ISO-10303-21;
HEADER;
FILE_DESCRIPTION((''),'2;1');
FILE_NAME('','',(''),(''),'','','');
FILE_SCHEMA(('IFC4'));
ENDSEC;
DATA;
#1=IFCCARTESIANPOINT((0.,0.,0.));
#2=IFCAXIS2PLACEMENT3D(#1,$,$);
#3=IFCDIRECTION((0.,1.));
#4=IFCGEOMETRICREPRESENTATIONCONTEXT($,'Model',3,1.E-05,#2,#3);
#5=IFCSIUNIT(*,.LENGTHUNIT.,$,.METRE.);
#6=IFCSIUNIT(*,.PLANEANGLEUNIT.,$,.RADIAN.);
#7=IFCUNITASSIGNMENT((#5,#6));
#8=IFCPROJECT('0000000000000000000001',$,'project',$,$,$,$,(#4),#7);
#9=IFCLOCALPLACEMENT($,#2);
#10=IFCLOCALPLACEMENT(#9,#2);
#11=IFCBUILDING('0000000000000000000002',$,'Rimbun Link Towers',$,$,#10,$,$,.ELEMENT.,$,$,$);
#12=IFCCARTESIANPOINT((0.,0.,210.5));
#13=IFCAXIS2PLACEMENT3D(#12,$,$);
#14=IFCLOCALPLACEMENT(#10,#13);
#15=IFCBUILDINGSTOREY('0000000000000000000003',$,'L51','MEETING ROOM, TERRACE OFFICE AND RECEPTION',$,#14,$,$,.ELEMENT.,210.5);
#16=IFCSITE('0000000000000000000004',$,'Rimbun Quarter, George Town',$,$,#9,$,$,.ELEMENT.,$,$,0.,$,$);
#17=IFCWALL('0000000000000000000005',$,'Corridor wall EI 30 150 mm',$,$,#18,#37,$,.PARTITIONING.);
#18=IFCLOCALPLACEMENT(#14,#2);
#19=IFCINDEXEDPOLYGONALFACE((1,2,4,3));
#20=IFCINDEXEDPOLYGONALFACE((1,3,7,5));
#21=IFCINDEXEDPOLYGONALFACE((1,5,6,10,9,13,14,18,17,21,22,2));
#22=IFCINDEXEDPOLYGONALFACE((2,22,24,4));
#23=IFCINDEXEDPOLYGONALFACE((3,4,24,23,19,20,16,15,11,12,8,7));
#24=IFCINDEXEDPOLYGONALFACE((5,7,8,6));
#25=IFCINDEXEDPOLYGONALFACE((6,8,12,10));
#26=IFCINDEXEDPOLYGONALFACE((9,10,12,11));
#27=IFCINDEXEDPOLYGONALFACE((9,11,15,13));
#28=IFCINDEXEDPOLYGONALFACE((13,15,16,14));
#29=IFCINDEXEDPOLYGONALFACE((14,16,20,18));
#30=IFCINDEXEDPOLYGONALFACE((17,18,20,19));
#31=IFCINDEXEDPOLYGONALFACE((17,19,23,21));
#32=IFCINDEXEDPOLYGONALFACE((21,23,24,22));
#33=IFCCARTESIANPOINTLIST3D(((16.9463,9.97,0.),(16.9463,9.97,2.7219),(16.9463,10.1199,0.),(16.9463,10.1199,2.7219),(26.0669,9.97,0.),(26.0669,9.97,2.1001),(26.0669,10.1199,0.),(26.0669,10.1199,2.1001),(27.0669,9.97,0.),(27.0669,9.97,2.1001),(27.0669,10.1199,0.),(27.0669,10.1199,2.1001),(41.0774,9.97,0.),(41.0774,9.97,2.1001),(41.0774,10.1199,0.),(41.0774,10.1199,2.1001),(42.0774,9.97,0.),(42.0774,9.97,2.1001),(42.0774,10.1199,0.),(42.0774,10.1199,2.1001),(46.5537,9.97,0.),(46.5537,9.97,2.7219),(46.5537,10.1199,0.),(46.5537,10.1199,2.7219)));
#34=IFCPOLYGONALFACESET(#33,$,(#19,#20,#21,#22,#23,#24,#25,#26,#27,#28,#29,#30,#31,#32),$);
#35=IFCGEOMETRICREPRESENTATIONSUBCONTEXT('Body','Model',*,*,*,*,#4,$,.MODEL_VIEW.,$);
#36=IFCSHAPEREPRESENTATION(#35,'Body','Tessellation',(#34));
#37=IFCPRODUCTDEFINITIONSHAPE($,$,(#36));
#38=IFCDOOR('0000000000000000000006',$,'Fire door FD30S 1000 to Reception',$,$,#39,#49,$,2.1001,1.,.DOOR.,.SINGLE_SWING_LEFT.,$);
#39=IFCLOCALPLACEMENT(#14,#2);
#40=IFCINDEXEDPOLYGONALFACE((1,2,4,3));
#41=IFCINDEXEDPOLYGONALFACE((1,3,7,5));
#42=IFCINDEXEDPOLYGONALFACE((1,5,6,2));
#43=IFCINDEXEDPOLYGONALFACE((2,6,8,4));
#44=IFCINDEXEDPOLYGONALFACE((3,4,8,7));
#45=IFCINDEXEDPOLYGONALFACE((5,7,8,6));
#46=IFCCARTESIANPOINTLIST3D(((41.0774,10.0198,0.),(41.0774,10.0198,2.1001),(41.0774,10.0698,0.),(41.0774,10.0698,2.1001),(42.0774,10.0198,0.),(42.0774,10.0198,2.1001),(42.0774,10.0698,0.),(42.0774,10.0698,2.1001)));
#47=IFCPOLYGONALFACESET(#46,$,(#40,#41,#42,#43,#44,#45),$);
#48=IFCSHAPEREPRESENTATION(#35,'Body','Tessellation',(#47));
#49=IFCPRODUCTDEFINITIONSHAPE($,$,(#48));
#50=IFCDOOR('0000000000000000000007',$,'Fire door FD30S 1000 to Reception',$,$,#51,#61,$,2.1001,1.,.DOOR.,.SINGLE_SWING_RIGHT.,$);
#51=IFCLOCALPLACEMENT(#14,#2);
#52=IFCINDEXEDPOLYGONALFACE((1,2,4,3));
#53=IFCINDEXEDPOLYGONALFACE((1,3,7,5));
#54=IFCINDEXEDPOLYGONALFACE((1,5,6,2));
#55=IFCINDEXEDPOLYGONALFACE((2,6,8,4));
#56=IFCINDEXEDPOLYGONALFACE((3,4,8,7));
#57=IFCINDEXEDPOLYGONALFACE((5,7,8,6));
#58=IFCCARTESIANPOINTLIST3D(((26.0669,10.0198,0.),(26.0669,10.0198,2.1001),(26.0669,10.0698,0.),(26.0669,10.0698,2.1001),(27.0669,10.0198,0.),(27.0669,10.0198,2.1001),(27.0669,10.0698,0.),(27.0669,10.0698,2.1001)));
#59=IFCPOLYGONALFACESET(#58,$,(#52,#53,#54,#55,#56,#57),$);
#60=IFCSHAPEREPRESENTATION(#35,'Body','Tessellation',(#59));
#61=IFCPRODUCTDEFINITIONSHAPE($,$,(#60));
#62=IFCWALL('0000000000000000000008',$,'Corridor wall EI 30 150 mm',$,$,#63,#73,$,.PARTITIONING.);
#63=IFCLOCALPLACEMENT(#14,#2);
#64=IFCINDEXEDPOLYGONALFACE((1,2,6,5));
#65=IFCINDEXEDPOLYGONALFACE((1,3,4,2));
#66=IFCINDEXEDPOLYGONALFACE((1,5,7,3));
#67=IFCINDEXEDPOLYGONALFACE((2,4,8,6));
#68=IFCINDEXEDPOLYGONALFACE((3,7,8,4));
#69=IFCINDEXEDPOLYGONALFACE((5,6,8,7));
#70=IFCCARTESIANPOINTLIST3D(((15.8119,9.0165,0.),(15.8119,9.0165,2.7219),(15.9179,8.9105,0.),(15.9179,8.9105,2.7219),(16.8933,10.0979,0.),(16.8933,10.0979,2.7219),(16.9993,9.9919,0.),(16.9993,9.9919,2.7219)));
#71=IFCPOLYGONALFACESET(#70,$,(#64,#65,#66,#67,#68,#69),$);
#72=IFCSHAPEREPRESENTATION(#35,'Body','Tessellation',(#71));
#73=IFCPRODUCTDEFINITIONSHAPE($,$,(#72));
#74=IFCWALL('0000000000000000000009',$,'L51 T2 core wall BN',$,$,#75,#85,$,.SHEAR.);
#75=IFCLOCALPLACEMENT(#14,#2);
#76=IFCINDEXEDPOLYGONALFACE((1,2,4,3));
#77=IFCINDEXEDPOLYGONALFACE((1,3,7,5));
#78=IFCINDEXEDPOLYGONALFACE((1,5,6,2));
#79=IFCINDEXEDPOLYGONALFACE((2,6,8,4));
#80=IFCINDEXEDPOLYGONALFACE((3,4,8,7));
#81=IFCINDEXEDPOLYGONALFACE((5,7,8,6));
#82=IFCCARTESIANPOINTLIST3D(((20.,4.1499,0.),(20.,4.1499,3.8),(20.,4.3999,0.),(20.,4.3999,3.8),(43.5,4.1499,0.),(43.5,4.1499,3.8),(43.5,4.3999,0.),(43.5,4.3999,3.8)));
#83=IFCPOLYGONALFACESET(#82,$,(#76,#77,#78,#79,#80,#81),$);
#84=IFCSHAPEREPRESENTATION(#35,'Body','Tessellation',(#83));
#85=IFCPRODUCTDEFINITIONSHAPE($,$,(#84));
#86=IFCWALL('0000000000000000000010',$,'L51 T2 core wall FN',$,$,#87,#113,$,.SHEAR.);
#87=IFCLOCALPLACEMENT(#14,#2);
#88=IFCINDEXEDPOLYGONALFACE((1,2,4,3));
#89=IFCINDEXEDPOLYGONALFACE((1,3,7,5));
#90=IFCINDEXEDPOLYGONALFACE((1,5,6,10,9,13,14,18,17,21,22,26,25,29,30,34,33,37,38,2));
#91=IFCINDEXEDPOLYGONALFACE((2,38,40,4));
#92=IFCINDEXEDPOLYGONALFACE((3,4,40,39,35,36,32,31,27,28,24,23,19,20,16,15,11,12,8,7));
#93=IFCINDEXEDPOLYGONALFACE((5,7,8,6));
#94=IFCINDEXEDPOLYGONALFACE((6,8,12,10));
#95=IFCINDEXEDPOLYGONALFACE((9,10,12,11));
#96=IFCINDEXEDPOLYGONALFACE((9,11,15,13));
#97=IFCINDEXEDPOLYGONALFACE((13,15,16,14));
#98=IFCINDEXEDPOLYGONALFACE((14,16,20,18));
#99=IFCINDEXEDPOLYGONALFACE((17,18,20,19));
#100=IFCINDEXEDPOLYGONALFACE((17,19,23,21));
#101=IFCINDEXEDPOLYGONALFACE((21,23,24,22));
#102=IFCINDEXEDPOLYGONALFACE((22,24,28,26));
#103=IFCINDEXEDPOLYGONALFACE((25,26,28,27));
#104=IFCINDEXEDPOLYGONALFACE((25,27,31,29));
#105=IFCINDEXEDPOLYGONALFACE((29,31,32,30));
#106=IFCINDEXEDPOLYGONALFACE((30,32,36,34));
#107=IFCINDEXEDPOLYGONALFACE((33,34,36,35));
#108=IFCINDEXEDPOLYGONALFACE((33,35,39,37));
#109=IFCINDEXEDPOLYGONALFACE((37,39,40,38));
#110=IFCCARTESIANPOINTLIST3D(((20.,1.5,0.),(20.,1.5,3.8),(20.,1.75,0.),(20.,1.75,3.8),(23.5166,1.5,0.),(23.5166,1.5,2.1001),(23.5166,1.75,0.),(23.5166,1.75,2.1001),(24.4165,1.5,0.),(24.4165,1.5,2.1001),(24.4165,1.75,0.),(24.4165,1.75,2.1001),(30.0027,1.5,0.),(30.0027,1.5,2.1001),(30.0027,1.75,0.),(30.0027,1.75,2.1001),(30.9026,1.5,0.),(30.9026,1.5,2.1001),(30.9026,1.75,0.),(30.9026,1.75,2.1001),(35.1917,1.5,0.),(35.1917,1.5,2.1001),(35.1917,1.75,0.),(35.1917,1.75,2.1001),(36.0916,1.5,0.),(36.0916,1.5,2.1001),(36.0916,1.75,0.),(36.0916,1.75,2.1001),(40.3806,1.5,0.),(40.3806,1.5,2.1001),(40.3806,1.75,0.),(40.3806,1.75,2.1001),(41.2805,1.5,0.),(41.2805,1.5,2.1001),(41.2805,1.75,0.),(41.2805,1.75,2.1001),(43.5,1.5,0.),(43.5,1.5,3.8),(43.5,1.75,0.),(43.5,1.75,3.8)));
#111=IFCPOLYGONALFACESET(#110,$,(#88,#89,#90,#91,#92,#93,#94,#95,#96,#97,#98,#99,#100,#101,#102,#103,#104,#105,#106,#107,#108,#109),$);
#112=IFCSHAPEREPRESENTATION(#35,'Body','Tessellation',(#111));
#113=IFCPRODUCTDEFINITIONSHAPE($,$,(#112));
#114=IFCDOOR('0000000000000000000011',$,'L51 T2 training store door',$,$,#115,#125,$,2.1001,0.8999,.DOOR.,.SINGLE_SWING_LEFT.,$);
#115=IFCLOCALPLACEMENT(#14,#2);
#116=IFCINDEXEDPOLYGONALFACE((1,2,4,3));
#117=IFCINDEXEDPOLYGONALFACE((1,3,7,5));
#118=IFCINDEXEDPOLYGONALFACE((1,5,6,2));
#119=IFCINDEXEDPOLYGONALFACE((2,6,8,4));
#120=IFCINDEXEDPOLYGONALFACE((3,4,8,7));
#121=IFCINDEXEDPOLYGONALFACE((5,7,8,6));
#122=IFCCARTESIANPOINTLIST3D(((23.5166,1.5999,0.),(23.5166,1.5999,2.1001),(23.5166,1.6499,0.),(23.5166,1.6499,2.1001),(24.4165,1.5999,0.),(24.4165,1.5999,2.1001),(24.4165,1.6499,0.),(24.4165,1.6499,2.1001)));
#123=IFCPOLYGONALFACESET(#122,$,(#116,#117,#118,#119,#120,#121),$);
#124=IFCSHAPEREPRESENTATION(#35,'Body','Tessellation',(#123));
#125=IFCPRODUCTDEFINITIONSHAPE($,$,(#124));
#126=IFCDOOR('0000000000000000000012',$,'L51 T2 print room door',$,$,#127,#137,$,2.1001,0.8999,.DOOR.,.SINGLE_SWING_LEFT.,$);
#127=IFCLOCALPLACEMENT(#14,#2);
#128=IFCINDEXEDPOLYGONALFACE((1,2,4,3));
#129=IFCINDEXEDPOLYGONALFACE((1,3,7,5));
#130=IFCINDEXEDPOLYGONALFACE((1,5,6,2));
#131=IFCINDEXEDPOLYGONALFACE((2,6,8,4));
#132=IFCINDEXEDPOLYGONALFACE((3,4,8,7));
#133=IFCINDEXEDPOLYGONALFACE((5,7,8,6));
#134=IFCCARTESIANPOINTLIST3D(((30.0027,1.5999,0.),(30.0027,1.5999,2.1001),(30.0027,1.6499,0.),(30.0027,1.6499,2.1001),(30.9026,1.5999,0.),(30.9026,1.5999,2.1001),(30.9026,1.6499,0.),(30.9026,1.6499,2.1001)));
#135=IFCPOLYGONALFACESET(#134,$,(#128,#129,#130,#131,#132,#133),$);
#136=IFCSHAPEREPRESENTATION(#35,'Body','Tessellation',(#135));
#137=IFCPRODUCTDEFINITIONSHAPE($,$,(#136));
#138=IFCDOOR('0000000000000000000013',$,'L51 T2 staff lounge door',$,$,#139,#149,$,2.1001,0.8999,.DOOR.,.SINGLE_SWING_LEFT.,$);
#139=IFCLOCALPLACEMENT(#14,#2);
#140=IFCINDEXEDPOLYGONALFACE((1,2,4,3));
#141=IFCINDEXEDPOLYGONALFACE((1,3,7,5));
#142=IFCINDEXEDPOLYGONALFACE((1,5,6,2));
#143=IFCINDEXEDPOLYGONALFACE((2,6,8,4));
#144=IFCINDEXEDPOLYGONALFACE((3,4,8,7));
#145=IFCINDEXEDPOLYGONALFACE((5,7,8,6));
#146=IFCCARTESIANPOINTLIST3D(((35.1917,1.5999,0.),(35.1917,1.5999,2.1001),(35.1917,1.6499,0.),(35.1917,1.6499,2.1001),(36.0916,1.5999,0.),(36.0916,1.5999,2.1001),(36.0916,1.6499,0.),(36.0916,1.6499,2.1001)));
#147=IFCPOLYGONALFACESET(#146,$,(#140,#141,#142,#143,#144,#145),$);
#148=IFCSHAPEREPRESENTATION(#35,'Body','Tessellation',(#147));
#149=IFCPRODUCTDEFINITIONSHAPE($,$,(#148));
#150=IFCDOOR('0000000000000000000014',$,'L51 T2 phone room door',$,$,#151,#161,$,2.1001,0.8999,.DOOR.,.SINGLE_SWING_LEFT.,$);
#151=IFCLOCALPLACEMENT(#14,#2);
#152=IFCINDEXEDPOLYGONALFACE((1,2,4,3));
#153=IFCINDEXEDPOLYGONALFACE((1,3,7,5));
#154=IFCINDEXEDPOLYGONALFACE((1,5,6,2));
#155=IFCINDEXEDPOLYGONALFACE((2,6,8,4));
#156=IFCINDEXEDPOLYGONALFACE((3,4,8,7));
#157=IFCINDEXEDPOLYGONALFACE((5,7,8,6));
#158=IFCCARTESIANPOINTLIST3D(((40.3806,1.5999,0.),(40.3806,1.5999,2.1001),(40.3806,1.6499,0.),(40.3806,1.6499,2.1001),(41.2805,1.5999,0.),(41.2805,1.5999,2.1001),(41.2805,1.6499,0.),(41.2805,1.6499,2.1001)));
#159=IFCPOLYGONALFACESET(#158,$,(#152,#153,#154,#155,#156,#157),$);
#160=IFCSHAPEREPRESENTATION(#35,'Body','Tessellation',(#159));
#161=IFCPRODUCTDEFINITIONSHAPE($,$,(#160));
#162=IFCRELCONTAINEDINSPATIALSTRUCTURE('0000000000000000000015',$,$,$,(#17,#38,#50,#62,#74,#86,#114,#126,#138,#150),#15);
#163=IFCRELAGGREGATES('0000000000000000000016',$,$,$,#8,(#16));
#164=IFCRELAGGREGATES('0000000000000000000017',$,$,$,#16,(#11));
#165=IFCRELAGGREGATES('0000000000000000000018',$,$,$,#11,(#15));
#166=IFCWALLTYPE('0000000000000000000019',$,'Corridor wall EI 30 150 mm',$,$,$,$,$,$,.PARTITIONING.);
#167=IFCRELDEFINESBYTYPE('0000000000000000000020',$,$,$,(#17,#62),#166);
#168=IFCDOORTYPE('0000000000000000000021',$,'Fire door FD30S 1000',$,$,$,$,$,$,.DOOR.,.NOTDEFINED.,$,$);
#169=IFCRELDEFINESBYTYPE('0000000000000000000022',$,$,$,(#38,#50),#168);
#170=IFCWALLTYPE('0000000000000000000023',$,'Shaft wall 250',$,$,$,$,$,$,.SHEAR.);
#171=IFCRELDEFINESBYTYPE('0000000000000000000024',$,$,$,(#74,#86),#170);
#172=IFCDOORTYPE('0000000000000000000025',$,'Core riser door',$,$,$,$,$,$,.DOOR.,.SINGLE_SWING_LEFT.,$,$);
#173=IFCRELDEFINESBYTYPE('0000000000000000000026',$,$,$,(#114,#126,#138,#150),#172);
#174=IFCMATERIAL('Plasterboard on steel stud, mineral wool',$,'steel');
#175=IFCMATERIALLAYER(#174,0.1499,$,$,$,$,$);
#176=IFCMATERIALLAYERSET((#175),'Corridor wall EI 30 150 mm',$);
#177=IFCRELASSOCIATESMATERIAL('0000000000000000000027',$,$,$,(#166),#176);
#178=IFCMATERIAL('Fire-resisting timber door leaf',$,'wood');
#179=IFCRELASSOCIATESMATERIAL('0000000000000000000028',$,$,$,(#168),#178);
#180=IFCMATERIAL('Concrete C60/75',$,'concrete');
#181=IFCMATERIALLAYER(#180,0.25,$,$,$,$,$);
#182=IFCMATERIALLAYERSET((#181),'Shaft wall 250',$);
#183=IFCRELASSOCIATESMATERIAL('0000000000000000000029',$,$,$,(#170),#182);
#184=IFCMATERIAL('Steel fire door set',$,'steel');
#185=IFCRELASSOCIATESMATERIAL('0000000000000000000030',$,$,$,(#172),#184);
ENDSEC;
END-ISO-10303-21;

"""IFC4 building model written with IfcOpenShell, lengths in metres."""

from ifc_helpers import new_model, si_unit, direction, frame, frame_2d, origin, place, context, subcontext, project, spatial, rectangle, extrude, material, layer, layer_set, type_object, element, fill, save


model = new_model("IFC4")

# Units and contexts
model_context = context("Model", 3, precision=1e-05, world=origin(), true_north=direction((0.0, 1.0)))
body_context = subcontext(model_context, "Body", "Model", "MODEL_VIEW")
ifc_project = project(units=[si_unit("LENGTHUNIT", "METRE"), si_unit("PLANEANGLEUNIT", "RADIAN")], contexts=[model_context])

# Site, building, storey
site_placement = place(None, origin())
site = spatial("IfcSite", under=ifc_project, at=site_placement, Name="Rimbun Quarter, George Town", CompositionType="ELEMENT", RefElevation=0.0)
building_placement = place(site_placement, origin())
building = spatial("IfcBuilding", under=site, at=building_placement, Name="Rimbun Link Towers", CompositionType="ELEMENT")
storey_placement = place(building_placement, frame((0.0, 0.0, 210.5)))
storey = spatial("IfcBuildingStorey", under=building, at=storey_placement, Name="L51", Description="MEETING ROOM, TERRACE OFFICE AND RECEPTION", CompositionType="ELEMENT", Elevation=210.5)

# Wall, openings, doors
ifc_material_1 = material(Name="Plasterboard on steel stud, mineral wool", Category="steel")
ifc_layer_1 = layer(ifc_material_1, 0.1499)
ifc_layer_set_1 = layer_set([ifc_layer_1], Name="Corridor wall EI 30 150 mm")
wall_type_1 = type_object("IfcWallType", Name="Corridor wall EI 30 150 mm", PredefinedType="PARTITIONING", material=ifc_layer_set_1)
wall_1_placement = place(storey_placement, frame((16.9463, 10.0449, 0.0), z_axis=(0.0, 0.0, 1.0), x_axis=(1.0, 0.0, 0.0)))
wall_1 = element("IfcWall", 1, at=wall_1_placement, inside=storey, type_object=wall_type_1, Name="Corridor wall EI 30 150 mm", PredefinedType="PARTITIONING", context=body_context, shape_type="SweptSolid", body=[
    extrude(rectangle(XDim=29.6074, YDim=0.1499, at=frame_2d((14.8037, 0.0))), origin(), (0.0, 0.0, 1.0), 2.7219),
])
opening_1_placement = place(wall_1_placement, frame((24.1311, 0.0, 0.0)))
opening_1 = element("IfcOpeningElement", 2, at=opening_1_placement, cuts=wall_1, PredefinedType="OPENING", context=body_context, shape_type="SweptSolid", body=[
    extrude(rectangle(XDim=1.0, YDim=2.1001, at=frame_2d((0.5, 1.05))), frame((0.0, 0.085, 0.0), z_axis=(0.0, -1.0, 0.0), x_axis=(1.0, 0.0, 0.0)), (0.0, 0.0, 1.0), 0.1699),
])
opening_2_placement = place(wall_1_placement, frame((9.1206, 0.0, 0.0)))
opening_2 = element("IfcOpeningElement", 3, at=opening_2_placement, cuts=wall_1, PredefinedType="OPENING", context=body_context, shape_type="SweptSolid", body=[
    extrude(rectangle(XDim=1.0, YDim=2.1001, at=frame_2d((0.5, 1.05))), frame((0.0, 0.085, 0.0), z_axis=(0.0, -1.0, 0.0), x_axis=(1.0, 0.0, 0.0)), (0.0, 0.0, 1.0), 0.1699),
])
ifc_material_2 = material(Name="Fire-resisting timber door leaf", Category="wood")
door_type_1 = type_object("IfcDoorType", Name="Fire door FD30S 1000", OperationType="NOTDEFINED", PredefinedType="DOOR", material=ifc_material_2)
door_1_placement = place(opening_1_placement, origin())
door_1 = element("IfcDoor", 4, at=door_1_placement, inside=storey, type_object=door_type_1, Name="Fire door FD30S 1000 to Reception", OperationType="SINGLE_SWING_LEFT", OverallHeight=2.1001, OverallWidth=1.0, PredefinedType="DOOR", context=body_context, shape_type="SweptSolid", body=[
    extrude(rectangle(XDim=1.0, YDim=2.1001, at=frame_2d((0.5, 1.05))), frame((0.0, 0.0249, 0.0), z_axis=(0.0, -1.0, 0.0), x_axis=(1.0, 0.0, 0.0)), (0.0, 0.0, 1.0), 0.05),
])
fill(opening_1, door_1)
door_2_placement = place(opening_2_placement, origin())
door_2 = element("IfcDoor", 5, at=door_2_placement, inside=storey, type_object=door_type_1, Name="Fire door FD30S 1000 to Reception", OperationType="SINGLE_SWING_RIGHT", OverallHeight=2.1001, OverallWidth=1.0, PredefinedType="DOOR", context=body_context, shape_type="SweptSolid", body=[
    extrude(rectangle(XDim=1.0, YDim=2.1001, at=frame_2d((0.5, 1.05))), frame((0.0, 0.0249, 0.0), z_axis=(0.0, -1.0, 0.0), x_axis=(1.0, 0.0, 0.0)), (0.0, 0.0, 1.0), 0.05),
])
fill(opening_2, door_2)

# Walls
wall_2_placement = place(storey_placement, frame((16.9463, 10.0449, 0.0), z_axis=(0.0, 0.0, 1.0), x_axis=(-0.707107, -0.707107, 0.0)))
element("IfcWall", 6, at=wall_2_placement, inside=storey, type_object=wall_type_1, Name="Corridor wall EI 30 150 mm", PredefinedType="PARTITIONING", context=body_context, shape_type="SweptSolid", body=[
    extrude(rectangle(XDim=1.5293, YDim=0.1499, at=frame_2d((0.7646, 0.0))), origin(), (0.0, 0.0, 1.0), 2.7219),
])
ifc_material_3 = material(Name="Concrete C60/75", Category="concrete")
ifc_layer_2 = layer(ifc_material_3, 0.25)
ifc_layer_set_2 = layer_set([ifc_layer_2], Name="Shaft wall 250")
wall_type_2 = type_object("IfcWallType", Name="Shaft wall 250", PredefinedType="SHEAR", material=ifc_layer_set_2)
wall_3_placement = place(storey_placement, frame((20.0, 4.2749, 0.0), z_axis=(0.0, 0.0, 1.0), x_axis=(1.0, 0.0, 0.0)))
element("IfcWall", 7, at=wall_3_placement, inside=storey, type_object=wall_type_2, Name="L51 T2 core wall BN", PredefinedType="SHEAR", context=body_context, shape_type="SweptSolid", body=[
    extrude(rectangle(XDim=23.5, YDim=0.25, at=frame_2d((11.75, 0.0))), origin(), (0.0, 0.0, 1.0), 3.8),
])

# Wall, openings, doors
wall_4_placement = place(storey_placement, frame((20.0, 1.625, 0.0), z_axis=(0.0, 0.0, 1.0), x_axis=(1.0, 0.0, 0.0)))
wall_4 = element("IfcWall", 8, at=wall_4_placement, inside=storey, type_object=wall_type_2, Name="L51 T2 core wall FN", PredefinedType="SHEAR", context=body_context, shape_type="SweptSolid", body=[
    extrude(rectangle(XDim=23.5, YDim=0.25, at=frame_2d((11.75, 0.0))), origin(), (0.0, 0.0, 1.0), 3.8),
])
opening_3_placement = place(wall_4_placement, frame((3.5166, 0.0, 0.0)))
opening_3 = element("IfcOpeningElement", 9, at=opening_3_placement, cuts=wall_4, PredefinedType="OPENING", context=body_context, shape_type="SweptSolid", body=[
    extrude(rectangle(XDim=0.8999, YDim=2.1001, at=frame_2d((0.45, 1.05))), frame((0.0, 0.135, 0.0), z_axis=(0.0, -1.0, 0.0), x_axis=(1.0, 0.0, 0.0)), (0.0, 0.0, 1.0), 0.27),
])
opening_4_placement = place(wall_4_placement, frame((10.0027, 0.0, 0.0)))
opening_4 = element("IfcOpeningElement", 10, at=opening_4_placement, cuts=wall_4, PredefinedType="OPENING", context=body_context, shape_type="SweptSolid", body=[
    extrude(rectangle(XDim=0.8999, YDim=2.1001, at=frame_2d((0.45, 1.05))), frame((0.0, 0.135, 0.0), z_axis=(0.0, -1.0, 0.0), x_axis=(1.0, 0.0, 0.0)), (0.0, 0.0, 1.0), 0.27),
])
opening_5_placement = place(wall_4_placement, frame((15.1917, 0.0, 0.0)))
opening_5 = element("IfcOpeningElement", 11, at=opening_5_placement, cuts=wall_4, PredefinedType="OPENING", context=body_context, shape_type="SweptSolid", body=[
    extrude(rectangle(XDim=0.8999, YDim=2.1001, at=frame_2d((0.45, 1.05))), frame((0.0, 0.135, 0.0), z_axis=(0.0, -1.0, 0.0), x_axis=(1.0, 0.0, 0.0)), (0.0, 0.0, 1.0), 0.27),
])
opening_6_placement = place(wall_4_placement, frame((20.3806, 0.0, 0.0)))
opening_6 = element("IfcOpeningElement", 12, at=opening_6_placement, cuts=wall_4, PredefinedType="OPENING", context=body_context, shape_type="SweptSolid", body=[
    extrude(rectangle(XDim=0.8999, YDim=2.1001, at=frame_2d((0.45, 1.05))), frame((0.0, 0.135, 0.0), z_axis=(0.0, -1.0, 0.0), x_axis=(1.0, 0.0, 0.0)), (0.0, 0.0, 1.0), 0.27),
])
ifc_material_4 = material(Name="Steel fire door set", Category="steel")
door_type_2 = type_object("IfcDoorType", Name="Core riser door", OperationType="SINGLE_SWING_LEFT", PredefinedType="DOOR", material=ifc_material_4)
door_3_placement = place(opening_3_placement, origin())
door_3 = element("IfcDoor", 13, at=door_3_placement, inside=storey, type_object=door_type_2, Name="L51 T2 training store door", OperationType="SINGLE_SWING_LEFT", OverallHeight=2.1001, OverallWidth=0.8999, PredefinedType="DOOR", context=body_context, shape_type="SweptSolid", body=[
    extrude(rectangle(XDim=0.8999, YDim=2.1001, at=frame_2d((0.45, 1.05))), frame((0.0, 0.0249, 0.0), z_axis=(0.0, -1.0, 0.0), x_axis=(1.0, 0.0, 0.0)), (0.0, 0.0, 1.0), 0.05),
])
fill(opening_3, door_3)
door_4_placement = place(opening_4_placement, origin())
door_4 = element("IfcDoor", 14, at=door_4_placement, inside=storey, type_object=door_type_2, Name="L51 T2 print room door", OperationType="SINGLE_SWING_LEFT", OverallHeight=2.1001, OverallWidth=0.8999, PredefinedType="DOOR", context=body_context, shape_type="SweptSolid", body=[
    extrude(rectangle(XDim=0.8999, YDim=2.1001, at=frame_2d((0.45, 1.05))), frame((0.0, 0.0249, 0.0), z_axis=(0.0, -1.0, 0.0), x_axis=(1.0, 0.0, 0.0)), (0.0, 0.0, 1.0), 0.05),
])
fill(opening_4, door_4)
door_5_placement = place(opening_5_placement, origin())
door_5 = element("IfcDoor", 15, at=door_5_placement, inside=storey, type_object=door_type_2, Name="L51 T2 staff lounge door", OperationType="SINGLE_SWING_LEFT", OverallHeight=2.1001, OverallWidth=0.8999, PredefinedType="DOOR", context=body_context, shape_type="SweptSolid", body=[
    extrude(rectangle(XDim=0.8999, YDim=2.1001, at=frame_2d((0.45, 1.05))), frame((0.0, 0.0249, 0.0), z_axis=(0.0, -1.0, 0.0), x_axis=(1.0, 0.0, 0.0)), (0.0, 0.0, 1.0), 0.05),
])
fill(opening_5, door_5)
door_6_placement = place(opening_6_placement, origin())
door_6 = element("IfcDoor", 16, at=door_6_placement, inside=storey, type_object=door_type_2, Name="L51 T2 phone room door", OperationType="SINGLE_SWING_LEFT", OverallHeight=2.1001, OverallWidth=0.8999, PredefinedType="DOOR", context=body_context, shape_type="SweptSolid", body=[
    extrude(rectangle(XDim=0.8999, YDim=2.1001, at=frame_2d((0.45, 1.05))), frame((0.0, 0.0249, 0.0), z_axis=(0.0, -1.0, 0.0), x_axis=(1.0, 0.0, 0.0)), (0.0, 0.0, 1.0), 0.05),
])
fill(opening_6, door_6)

save(model, "model.ifc")
